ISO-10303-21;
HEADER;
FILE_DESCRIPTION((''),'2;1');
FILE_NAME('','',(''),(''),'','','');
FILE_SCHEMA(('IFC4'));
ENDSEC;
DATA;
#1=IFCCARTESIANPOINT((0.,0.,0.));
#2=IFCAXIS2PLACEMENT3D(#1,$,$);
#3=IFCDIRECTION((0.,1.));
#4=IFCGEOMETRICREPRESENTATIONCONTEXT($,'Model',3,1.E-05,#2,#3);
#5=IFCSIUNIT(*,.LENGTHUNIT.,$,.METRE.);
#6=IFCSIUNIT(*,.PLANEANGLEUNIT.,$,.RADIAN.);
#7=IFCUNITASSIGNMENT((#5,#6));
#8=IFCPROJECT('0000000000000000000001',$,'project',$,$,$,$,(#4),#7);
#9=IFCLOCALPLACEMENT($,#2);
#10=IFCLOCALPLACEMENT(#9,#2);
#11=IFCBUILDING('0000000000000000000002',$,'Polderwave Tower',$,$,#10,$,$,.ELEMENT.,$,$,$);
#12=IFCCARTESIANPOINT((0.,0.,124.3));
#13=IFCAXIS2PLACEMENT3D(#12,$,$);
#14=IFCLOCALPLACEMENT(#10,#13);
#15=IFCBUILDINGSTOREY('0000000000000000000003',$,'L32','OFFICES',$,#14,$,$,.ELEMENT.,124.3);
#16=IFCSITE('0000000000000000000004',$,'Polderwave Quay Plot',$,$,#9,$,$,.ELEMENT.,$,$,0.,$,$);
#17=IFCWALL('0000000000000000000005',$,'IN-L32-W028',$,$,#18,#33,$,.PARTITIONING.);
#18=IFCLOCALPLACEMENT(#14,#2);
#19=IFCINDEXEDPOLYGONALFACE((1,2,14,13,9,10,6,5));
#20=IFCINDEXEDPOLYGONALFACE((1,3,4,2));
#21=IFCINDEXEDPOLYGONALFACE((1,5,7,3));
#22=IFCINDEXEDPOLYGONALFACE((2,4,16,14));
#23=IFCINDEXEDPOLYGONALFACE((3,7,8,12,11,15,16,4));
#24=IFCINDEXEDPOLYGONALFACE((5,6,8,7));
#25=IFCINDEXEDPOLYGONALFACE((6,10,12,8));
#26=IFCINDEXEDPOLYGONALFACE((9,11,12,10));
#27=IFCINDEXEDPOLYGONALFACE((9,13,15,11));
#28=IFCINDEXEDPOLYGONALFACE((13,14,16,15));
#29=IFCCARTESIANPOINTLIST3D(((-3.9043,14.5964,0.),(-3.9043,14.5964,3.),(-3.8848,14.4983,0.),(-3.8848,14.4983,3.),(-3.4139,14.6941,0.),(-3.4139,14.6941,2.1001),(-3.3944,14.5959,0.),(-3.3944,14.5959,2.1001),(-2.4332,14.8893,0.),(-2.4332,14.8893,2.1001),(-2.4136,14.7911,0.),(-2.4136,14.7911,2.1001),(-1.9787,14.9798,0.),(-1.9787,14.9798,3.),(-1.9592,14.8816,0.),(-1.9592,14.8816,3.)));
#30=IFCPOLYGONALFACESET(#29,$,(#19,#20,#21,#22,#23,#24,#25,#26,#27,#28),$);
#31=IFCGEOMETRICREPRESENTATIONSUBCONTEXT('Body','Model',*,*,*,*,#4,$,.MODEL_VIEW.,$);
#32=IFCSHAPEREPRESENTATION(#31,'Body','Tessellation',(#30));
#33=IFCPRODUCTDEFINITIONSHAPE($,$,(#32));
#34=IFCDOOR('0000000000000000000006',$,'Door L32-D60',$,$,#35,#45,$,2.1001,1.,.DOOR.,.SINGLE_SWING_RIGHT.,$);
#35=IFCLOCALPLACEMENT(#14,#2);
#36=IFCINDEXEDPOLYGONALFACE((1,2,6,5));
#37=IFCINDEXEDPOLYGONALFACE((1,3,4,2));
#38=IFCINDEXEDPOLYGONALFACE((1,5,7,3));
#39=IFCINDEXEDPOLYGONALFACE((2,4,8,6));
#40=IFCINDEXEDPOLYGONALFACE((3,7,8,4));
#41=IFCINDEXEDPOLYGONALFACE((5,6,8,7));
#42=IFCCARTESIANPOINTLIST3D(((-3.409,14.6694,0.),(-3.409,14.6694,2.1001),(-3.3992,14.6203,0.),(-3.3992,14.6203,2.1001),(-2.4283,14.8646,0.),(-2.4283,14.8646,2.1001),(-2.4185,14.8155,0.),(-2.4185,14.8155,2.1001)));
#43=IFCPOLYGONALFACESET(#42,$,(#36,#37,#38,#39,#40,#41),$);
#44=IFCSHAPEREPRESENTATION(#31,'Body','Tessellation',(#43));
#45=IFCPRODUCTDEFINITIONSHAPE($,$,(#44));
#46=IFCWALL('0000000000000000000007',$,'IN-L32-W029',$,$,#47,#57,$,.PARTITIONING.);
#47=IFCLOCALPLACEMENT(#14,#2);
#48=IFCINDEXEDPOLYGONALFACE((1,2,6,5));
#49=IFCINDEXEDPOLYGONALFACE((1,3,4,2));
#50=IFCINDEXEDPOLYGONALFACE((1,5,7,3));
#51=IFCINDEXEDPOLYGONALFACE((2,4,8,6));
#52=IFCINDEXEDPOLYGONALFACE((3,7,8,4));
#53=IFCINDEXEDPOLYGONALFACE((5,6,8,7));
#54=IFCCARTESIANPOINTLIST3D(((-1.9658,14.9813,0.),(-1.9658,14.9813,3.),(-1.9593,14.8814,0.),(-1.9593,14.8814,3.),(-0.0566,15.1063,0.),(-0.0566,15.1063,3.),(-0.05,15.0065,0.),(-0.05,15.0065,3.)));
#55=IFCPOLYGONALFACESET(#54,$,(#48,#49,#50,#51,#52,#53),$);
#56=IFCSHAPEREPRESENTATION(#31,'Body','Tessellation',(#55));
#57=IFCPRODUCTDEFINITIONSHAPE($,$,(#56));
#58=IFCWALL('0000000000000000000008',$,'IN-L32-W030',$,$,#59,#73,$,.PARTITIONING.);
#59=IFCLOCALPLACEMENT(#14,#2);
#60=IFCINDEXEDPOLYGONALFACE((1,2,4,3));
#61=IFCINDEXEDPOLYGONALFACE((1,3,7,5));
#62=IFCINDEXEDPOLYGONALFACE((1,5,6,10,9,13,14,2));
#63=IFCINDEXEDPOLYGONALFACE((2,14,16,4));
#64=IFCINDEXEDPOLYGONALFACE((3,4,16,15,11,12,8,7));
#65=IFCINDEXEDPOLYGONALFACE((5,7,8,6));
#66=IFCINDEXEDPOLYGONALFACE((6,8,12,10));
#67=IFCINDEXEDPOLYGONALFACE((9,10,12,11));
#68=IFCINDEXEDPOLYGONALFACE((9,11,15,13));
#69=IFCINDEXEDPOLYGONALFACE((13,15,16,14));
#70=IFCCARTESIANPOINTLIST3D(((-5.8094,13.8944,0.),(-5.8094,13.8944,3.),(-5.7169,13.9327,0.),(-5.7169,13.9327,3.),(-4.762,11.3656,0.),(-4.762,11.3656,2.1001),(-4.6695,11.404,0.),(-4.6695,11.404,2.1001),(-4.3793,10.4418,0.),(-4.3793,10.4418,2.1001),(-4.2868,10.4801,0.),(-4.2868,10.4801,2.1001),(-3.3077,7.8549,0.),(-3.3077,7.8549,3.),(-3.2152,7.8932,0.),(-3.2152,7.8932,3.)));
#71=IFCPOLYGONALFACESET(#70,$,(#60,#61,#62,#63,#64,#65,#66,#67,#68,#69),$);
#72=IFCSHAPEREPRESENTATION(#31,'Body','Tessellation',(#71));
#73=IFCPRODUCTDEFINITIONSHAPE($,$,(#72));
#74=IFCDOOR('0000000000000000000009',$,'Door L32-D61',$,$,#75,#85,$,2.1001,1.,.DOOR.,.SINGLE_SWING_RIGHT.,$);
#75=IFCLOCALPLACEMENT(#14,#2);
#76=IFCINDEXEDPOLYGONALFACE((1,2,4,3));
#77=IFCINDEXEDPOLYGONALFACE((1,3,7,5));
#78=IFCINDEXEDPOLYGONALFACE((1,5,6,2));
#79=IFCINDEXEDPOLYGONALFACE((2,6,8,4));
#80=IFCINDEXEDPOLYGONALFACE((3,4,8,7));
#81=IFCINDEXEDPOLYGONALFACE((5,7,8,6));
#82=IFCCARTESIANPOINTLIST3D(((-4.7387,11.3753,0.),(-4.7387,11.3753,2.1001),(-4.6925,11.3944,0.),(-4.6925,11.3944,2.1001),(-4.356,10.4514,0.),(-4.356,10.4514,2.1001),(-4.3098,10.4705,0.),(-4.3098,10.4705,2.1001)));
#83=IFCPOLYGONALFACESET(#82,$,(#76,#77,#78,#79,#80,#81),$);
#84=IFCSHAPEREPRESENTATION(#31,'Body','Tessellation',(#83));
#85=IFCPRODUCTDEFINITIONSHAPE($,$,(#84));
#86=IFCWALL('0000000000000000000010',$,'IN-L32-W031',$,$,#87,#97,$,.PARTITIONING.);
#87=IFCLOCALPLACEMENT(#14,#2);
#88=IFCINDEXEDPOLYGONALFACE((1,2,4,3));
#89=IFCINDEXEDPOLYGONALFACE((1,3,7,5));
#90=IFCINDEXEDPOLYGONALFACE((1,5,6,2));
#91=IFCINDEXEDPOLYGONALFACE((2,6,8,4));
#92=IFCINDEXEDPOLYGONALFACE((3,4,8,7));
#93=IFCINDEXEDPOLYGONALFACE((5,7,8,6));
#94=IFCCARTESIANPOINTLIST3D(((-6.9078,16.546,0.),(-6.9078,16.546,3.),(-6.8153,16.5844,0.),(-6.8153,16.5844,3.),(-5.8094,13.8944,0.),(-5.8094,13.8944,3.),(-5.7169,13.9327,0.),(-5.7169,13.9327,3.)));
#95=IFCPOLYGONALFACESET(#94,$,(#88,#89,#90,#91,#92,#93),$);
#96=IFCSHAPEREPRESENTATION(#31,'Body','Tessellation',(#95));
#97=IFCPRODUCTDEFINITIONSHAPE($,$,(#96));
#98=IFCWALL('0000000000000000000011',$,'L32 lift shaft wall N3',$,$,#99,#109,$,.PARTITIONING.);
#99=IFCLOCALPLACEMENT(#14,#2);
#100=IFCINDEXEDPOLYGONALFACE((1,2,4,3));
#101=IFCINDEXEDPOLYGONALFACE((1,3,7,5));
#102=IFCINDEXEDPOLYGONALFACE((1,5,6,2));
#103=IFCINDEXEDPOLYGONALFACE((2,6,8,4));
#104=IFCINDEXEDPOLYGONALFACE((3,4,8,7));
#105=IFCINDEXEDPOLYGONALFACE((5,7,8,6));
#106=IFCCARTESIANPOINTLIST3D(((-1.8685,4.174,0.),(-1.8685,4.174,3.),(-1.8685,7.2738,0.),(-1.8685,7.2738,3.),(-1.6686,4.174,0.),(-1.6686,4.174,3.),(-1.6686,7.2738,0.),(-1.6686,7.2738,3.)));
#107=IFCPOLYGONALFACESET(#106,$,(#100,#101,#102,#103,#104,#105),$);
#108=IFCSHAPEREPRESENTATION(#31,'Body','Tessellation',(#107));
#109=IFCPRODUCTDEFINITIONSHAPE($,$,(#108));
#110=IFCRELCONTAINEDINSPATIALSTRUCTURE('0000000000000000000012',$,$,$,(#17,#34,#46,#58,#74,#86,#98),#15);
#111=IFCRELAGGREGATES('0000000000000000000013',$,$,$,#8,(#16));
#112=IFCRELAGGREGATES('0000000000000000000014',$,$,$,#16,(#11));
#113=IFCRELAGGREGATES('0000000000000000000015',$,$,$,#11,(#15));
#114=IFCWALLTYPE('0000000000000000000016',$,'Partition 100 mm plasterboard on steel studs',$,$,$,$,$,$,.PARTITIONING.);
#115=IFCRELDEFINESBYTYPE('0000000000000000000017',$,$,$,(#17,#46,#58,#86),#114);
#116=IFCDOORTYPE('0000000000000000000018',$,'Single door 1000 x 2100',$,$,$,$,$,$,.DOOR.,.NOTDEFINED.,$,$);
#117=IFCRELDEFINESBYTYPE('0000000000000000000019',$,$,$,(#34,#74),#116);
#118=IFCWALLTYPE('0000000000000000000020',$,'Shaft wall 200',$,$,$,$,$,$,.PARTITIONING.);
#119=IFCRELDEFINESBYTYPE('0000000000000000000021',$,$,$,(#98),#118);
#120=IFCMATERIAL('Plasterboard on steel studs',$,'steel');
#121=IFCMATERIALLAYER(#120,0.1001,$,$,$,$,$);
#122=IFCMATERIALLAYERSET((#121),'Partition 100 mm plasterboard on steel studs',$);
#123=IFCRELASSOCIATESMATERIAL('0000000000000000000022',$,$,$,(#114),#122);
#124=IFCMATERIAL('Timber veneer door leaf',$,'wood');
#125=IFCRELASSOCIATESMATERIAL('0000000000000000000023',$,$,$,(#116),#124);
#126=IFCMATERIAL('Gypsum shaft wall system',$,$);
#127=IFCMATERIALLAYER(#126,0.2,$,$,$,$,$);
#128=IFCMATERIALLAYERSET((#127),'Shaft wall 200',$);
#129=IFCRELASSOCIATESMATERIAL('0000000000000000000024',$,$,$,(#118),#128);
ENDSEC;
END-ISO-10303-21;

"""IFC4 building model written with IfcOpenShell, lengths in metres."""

from ifc_helpers import new_model, si_unit, direction, frame, frame_2d, origin, place, context, subcontext, project, spatial, rectangle, extrude, material, layer, layer_set, type_object, element, fill, save


model = new_model("IFC4")

# Units and contexts
model_context = context("Model", 3, precision=1e-05, world=origin(), true_north=direction((0.0, 1.0)))
body_context = subcontext(model_context, "Body", "Model", "MODEL_VIEW")
ifc_project = project(units=[si_unit("LENGTHUNIT", "METRE"), si_unit("PLANEANGLEUNIT", "RADIAN")], contexts=[model_context])

# Site, building, storey
site_placement = place(None, origin())
site = spatial("IfcSite", under=ifc_project, at=site_placement, Name="Polderwave Quay Plot", CompositionType="ELEMENT", RefElevation=0.0)
building_placement = place(site_placement, origin())
building = spatial("IfcBuilding", under=site, at=building_placement, Name="Polderwave Tower", CompositionType="ELEMENT")
storey_placement = place(building_placement, frame((0.0, 0.0, 124.3)))
storey = spatial("IfcBuildingStorey", under=building, at=storey_placement, Name="L32", Description="OFFICES", CompositionType="ELEMENT", Elevation=124.3)

# Shared definitions
ifc_material_1 = material(Name="Plasterboard on steel studs", Category="steel")
ifc_layer_1 = layer(ifc_material_1, 0.1001)
ifc_layer_set_1 = layer_set([ifc_layer_1], Name="Partition 100 mm plasterboard on steel studs")
wall_type_1 = type_object("IfcWallType", Name="Partition 100 mm plasterboard on steel studs", PredefinedType="PARTITIONING", material=ifc_layer_set_1)

# Wall, opening, door
wall_1_placement = place(storey_placement, frame((-3.8945, 14.5474, 0.0), z_axis=(0.0, 0.0, 1.0), x_axis=(0.980757, 0.195231, 0.0)))
wall_1 = element("IfcWall", 1, at=wall_1_placement, inside=storey, type_object=wall_type_1, Name="IN-L32-W028", PredefinedType="PARTITIONING", context=body_context, shape_type="SweptSolid", body=[
    extrude(rectangle(XDim=1.9634, YDim=0.1001, at=frame_2d((0.9817, 0.0))), origin(), (0.0, 0.0, 1.0), 3.0),
])
opening_1_placement = place(wall_1_placement, frame((0.5, 0.0, 0.0)))
opening_1 = element("IfcOpeningElement", 2, at=opening_1_placement, cuts=wall_1, PredefinedType="OPENING", context=body_context, shape_type="SweptSolid", body=[
    extrude(rectangle(XDim=1.0, YDim=2.1001, at=frame_2d((0.5, 1.05))), frame((0.0, 0.0601, 0.0), z_axis=(0.0, -1.0, 0.0), x_axis=(1.0, 0.0, 0.0)), (0.0, 0.0, 1.0), 0.1201),
])
ifc_material_2 = material(Name="Timber veneer door leaf", Category="wood")
door_type = type_object("IfcDoorType", Name="Single door 1000 x 2100", OperationType="NOTDEFINED", PredefinedType="DOOR", material=ifc_material_2)
door_1_placement = place(opening_1_placement, origin())
door_1 = element("IfcDoor", 3, at=door_1_placement, inside=storey, type_object=door_type, Name="Door L32-D60", OperationType="SINGLE_SWING_RIGHT", OverallHeight=2.1001, OverallWidth=1.0, PredefinedType="DOOR", context=body_context, shape_type="SweptSolid", body=[
    extrude(rectangle(XDim=1.0, YDim=2.1001, at=frame_2d((0.5, 1.05))), frame((0.0, 0.0249, 0.0), z_axis=(0.0, -1.0, 0.0), x_axis=(1.0, 0.0, 0.0)), (0.0, 0.0, 1.0), 0.05),
])
fill(opening_1, door_1)

# Wall
wall_2_placement = place(storey_placement, frame((-1.9624, 14.9314, 0.0), z_axis=(0.0, 0.0, 1.0), x_axis=(0.997864, 0.065333, 0.0)))
element("IfcWall", 4, at=wall_2_placement, inside=storey, type_object=wall_type_1, Name="IN-L32-W029", PredefinedType="PARTITIONING", context=body_context, shape_type="SweptSolid", body=[
    extrude(rectangle(XDim=1.9133, YDim=0.1001, at=frame_2d((0.9565, 0.0))), origin(), (0.0, 0.0, 1.0), 3.0),
])

# Wall, opening, door
wall_3_placement = place(storey_placement, frame((-3.2615, 7.874, 0.0), z_axis=(0.0, 0.0, 1.0), x_axis=(-0.382689, 0.923877, 0.0)))
wall_3 = element("IfcWall", 5, at=wall_3_placement, inside=storey, type_object=wall_type_1, Name="IN-L32-W030", PredefinedType="PARTITIONING", context=body_context, shape_type="SweptSolid", body=[
    extrude(rectangle(XDim=6.5371, YDim=0.1001, at=frame_2d((3.2686, 0.0))), origin(), (0.0, 0.0, 1.0), 3.0),
])
opening_2_placement = place(wall_3_placement, frame((2.8, 0.0, 0.0)))
opening_2 = element("IfcOpeningElement", 6, at=opening_2_placement, cuts=wall_3, PredefinedType="OPENING", context=body_context, shape_type="SweptSolid", body=[
    extrude(rectangle(XDim=1.0, YDim=2.1001, at=frame_2d((0.5, 1.05))), frame((0.0, 0.0601, 0.0), z_axis=(0.0, -1.0, 0.0), x_axis=(1.0, 0.0, 0.0)), (0.0, 0.0, 1.0), 0.1201),
])
door_2_placement = place(opening_2_placement, origin())
door_2 = element("IfcDoor", 7, at=door_2_placement, inside=storey, type_object=door_type, Name="Door L32-D61", OperationType="SINGLE_SWING_RIGHT", OverallHeight=2.1001, OverallWidth=1.0, PredefinedType="DOOR", context=body_context, shape_type="SweptSolid", body=[
    extrude(rectangle(XDim=1.0, YDim=2.1001, at=frame_2d((0.5, 1.05))), frame((0.0, 0.0249, 0.0), z_axis=(0.0, -1.0, 0.0), x_axis=(1.0, 0.0, 0.0)), (0.0, 0.0, 1.0), 0.05),
])
fill(opening_2, door_2)

# Walls
wall_4_placement = place(storey_placement, frame((-5.7632, 13.9136, 0.0), z_axis=(0.0, 0.0, 1.0), x_axis=(-0.3827, 0.923873, 0.0)))
element("IfcWall", 8, at=wall_4_placement, inside=storey, type_object=wall_type_1, Name="IN-L32-W031", PredefinedType="PARTITIONING", context=body_context, shape_type="SweptSolid", body=[
    extrude(rectangle(XDim=2.8701, YDim=0.1001, at=frame_2d((1.4351, 0.0))), origin(), (0.0, 0.0, 1.0), 3.0),
])
ifc_material_3 = material(Name="Gypsum shaft wall system")
ifc_layer_2 = layer(ifc_material_3, 0.2)
ifc_layer_set_2 = layer_set([ifc_layer_2], Name="Shaft wall 200")
wall_type_2 = type_object("IfcWallType", Name="Shaft wall 200", PredefinedType="PARTITIONING", material=ifc_layer_set_2)
wall_5_placement = place(storey_placement, frame((-1.7686, 4.1741, 0.0), z_axis=(0.0, 0.0, 1.0), x_axis=(0.0, 1.0, 0.0)))
element("IfcWall", 9, at=wall_5_placement, inside=storey, type_object=wall_type_2, Name="L32 lift shaft wall N3", PredefinedType="PARTITIONING", context=body_context, shape_type="SweptSolid", body=[
    extrude(rectangle(XDim=3.0999, YDim=0.2, at=frame_2d((1.5498, 0.0))), origin(), (0.0, 0.0, 1.0), 3.0),
])

save(model, "model.ifc")
